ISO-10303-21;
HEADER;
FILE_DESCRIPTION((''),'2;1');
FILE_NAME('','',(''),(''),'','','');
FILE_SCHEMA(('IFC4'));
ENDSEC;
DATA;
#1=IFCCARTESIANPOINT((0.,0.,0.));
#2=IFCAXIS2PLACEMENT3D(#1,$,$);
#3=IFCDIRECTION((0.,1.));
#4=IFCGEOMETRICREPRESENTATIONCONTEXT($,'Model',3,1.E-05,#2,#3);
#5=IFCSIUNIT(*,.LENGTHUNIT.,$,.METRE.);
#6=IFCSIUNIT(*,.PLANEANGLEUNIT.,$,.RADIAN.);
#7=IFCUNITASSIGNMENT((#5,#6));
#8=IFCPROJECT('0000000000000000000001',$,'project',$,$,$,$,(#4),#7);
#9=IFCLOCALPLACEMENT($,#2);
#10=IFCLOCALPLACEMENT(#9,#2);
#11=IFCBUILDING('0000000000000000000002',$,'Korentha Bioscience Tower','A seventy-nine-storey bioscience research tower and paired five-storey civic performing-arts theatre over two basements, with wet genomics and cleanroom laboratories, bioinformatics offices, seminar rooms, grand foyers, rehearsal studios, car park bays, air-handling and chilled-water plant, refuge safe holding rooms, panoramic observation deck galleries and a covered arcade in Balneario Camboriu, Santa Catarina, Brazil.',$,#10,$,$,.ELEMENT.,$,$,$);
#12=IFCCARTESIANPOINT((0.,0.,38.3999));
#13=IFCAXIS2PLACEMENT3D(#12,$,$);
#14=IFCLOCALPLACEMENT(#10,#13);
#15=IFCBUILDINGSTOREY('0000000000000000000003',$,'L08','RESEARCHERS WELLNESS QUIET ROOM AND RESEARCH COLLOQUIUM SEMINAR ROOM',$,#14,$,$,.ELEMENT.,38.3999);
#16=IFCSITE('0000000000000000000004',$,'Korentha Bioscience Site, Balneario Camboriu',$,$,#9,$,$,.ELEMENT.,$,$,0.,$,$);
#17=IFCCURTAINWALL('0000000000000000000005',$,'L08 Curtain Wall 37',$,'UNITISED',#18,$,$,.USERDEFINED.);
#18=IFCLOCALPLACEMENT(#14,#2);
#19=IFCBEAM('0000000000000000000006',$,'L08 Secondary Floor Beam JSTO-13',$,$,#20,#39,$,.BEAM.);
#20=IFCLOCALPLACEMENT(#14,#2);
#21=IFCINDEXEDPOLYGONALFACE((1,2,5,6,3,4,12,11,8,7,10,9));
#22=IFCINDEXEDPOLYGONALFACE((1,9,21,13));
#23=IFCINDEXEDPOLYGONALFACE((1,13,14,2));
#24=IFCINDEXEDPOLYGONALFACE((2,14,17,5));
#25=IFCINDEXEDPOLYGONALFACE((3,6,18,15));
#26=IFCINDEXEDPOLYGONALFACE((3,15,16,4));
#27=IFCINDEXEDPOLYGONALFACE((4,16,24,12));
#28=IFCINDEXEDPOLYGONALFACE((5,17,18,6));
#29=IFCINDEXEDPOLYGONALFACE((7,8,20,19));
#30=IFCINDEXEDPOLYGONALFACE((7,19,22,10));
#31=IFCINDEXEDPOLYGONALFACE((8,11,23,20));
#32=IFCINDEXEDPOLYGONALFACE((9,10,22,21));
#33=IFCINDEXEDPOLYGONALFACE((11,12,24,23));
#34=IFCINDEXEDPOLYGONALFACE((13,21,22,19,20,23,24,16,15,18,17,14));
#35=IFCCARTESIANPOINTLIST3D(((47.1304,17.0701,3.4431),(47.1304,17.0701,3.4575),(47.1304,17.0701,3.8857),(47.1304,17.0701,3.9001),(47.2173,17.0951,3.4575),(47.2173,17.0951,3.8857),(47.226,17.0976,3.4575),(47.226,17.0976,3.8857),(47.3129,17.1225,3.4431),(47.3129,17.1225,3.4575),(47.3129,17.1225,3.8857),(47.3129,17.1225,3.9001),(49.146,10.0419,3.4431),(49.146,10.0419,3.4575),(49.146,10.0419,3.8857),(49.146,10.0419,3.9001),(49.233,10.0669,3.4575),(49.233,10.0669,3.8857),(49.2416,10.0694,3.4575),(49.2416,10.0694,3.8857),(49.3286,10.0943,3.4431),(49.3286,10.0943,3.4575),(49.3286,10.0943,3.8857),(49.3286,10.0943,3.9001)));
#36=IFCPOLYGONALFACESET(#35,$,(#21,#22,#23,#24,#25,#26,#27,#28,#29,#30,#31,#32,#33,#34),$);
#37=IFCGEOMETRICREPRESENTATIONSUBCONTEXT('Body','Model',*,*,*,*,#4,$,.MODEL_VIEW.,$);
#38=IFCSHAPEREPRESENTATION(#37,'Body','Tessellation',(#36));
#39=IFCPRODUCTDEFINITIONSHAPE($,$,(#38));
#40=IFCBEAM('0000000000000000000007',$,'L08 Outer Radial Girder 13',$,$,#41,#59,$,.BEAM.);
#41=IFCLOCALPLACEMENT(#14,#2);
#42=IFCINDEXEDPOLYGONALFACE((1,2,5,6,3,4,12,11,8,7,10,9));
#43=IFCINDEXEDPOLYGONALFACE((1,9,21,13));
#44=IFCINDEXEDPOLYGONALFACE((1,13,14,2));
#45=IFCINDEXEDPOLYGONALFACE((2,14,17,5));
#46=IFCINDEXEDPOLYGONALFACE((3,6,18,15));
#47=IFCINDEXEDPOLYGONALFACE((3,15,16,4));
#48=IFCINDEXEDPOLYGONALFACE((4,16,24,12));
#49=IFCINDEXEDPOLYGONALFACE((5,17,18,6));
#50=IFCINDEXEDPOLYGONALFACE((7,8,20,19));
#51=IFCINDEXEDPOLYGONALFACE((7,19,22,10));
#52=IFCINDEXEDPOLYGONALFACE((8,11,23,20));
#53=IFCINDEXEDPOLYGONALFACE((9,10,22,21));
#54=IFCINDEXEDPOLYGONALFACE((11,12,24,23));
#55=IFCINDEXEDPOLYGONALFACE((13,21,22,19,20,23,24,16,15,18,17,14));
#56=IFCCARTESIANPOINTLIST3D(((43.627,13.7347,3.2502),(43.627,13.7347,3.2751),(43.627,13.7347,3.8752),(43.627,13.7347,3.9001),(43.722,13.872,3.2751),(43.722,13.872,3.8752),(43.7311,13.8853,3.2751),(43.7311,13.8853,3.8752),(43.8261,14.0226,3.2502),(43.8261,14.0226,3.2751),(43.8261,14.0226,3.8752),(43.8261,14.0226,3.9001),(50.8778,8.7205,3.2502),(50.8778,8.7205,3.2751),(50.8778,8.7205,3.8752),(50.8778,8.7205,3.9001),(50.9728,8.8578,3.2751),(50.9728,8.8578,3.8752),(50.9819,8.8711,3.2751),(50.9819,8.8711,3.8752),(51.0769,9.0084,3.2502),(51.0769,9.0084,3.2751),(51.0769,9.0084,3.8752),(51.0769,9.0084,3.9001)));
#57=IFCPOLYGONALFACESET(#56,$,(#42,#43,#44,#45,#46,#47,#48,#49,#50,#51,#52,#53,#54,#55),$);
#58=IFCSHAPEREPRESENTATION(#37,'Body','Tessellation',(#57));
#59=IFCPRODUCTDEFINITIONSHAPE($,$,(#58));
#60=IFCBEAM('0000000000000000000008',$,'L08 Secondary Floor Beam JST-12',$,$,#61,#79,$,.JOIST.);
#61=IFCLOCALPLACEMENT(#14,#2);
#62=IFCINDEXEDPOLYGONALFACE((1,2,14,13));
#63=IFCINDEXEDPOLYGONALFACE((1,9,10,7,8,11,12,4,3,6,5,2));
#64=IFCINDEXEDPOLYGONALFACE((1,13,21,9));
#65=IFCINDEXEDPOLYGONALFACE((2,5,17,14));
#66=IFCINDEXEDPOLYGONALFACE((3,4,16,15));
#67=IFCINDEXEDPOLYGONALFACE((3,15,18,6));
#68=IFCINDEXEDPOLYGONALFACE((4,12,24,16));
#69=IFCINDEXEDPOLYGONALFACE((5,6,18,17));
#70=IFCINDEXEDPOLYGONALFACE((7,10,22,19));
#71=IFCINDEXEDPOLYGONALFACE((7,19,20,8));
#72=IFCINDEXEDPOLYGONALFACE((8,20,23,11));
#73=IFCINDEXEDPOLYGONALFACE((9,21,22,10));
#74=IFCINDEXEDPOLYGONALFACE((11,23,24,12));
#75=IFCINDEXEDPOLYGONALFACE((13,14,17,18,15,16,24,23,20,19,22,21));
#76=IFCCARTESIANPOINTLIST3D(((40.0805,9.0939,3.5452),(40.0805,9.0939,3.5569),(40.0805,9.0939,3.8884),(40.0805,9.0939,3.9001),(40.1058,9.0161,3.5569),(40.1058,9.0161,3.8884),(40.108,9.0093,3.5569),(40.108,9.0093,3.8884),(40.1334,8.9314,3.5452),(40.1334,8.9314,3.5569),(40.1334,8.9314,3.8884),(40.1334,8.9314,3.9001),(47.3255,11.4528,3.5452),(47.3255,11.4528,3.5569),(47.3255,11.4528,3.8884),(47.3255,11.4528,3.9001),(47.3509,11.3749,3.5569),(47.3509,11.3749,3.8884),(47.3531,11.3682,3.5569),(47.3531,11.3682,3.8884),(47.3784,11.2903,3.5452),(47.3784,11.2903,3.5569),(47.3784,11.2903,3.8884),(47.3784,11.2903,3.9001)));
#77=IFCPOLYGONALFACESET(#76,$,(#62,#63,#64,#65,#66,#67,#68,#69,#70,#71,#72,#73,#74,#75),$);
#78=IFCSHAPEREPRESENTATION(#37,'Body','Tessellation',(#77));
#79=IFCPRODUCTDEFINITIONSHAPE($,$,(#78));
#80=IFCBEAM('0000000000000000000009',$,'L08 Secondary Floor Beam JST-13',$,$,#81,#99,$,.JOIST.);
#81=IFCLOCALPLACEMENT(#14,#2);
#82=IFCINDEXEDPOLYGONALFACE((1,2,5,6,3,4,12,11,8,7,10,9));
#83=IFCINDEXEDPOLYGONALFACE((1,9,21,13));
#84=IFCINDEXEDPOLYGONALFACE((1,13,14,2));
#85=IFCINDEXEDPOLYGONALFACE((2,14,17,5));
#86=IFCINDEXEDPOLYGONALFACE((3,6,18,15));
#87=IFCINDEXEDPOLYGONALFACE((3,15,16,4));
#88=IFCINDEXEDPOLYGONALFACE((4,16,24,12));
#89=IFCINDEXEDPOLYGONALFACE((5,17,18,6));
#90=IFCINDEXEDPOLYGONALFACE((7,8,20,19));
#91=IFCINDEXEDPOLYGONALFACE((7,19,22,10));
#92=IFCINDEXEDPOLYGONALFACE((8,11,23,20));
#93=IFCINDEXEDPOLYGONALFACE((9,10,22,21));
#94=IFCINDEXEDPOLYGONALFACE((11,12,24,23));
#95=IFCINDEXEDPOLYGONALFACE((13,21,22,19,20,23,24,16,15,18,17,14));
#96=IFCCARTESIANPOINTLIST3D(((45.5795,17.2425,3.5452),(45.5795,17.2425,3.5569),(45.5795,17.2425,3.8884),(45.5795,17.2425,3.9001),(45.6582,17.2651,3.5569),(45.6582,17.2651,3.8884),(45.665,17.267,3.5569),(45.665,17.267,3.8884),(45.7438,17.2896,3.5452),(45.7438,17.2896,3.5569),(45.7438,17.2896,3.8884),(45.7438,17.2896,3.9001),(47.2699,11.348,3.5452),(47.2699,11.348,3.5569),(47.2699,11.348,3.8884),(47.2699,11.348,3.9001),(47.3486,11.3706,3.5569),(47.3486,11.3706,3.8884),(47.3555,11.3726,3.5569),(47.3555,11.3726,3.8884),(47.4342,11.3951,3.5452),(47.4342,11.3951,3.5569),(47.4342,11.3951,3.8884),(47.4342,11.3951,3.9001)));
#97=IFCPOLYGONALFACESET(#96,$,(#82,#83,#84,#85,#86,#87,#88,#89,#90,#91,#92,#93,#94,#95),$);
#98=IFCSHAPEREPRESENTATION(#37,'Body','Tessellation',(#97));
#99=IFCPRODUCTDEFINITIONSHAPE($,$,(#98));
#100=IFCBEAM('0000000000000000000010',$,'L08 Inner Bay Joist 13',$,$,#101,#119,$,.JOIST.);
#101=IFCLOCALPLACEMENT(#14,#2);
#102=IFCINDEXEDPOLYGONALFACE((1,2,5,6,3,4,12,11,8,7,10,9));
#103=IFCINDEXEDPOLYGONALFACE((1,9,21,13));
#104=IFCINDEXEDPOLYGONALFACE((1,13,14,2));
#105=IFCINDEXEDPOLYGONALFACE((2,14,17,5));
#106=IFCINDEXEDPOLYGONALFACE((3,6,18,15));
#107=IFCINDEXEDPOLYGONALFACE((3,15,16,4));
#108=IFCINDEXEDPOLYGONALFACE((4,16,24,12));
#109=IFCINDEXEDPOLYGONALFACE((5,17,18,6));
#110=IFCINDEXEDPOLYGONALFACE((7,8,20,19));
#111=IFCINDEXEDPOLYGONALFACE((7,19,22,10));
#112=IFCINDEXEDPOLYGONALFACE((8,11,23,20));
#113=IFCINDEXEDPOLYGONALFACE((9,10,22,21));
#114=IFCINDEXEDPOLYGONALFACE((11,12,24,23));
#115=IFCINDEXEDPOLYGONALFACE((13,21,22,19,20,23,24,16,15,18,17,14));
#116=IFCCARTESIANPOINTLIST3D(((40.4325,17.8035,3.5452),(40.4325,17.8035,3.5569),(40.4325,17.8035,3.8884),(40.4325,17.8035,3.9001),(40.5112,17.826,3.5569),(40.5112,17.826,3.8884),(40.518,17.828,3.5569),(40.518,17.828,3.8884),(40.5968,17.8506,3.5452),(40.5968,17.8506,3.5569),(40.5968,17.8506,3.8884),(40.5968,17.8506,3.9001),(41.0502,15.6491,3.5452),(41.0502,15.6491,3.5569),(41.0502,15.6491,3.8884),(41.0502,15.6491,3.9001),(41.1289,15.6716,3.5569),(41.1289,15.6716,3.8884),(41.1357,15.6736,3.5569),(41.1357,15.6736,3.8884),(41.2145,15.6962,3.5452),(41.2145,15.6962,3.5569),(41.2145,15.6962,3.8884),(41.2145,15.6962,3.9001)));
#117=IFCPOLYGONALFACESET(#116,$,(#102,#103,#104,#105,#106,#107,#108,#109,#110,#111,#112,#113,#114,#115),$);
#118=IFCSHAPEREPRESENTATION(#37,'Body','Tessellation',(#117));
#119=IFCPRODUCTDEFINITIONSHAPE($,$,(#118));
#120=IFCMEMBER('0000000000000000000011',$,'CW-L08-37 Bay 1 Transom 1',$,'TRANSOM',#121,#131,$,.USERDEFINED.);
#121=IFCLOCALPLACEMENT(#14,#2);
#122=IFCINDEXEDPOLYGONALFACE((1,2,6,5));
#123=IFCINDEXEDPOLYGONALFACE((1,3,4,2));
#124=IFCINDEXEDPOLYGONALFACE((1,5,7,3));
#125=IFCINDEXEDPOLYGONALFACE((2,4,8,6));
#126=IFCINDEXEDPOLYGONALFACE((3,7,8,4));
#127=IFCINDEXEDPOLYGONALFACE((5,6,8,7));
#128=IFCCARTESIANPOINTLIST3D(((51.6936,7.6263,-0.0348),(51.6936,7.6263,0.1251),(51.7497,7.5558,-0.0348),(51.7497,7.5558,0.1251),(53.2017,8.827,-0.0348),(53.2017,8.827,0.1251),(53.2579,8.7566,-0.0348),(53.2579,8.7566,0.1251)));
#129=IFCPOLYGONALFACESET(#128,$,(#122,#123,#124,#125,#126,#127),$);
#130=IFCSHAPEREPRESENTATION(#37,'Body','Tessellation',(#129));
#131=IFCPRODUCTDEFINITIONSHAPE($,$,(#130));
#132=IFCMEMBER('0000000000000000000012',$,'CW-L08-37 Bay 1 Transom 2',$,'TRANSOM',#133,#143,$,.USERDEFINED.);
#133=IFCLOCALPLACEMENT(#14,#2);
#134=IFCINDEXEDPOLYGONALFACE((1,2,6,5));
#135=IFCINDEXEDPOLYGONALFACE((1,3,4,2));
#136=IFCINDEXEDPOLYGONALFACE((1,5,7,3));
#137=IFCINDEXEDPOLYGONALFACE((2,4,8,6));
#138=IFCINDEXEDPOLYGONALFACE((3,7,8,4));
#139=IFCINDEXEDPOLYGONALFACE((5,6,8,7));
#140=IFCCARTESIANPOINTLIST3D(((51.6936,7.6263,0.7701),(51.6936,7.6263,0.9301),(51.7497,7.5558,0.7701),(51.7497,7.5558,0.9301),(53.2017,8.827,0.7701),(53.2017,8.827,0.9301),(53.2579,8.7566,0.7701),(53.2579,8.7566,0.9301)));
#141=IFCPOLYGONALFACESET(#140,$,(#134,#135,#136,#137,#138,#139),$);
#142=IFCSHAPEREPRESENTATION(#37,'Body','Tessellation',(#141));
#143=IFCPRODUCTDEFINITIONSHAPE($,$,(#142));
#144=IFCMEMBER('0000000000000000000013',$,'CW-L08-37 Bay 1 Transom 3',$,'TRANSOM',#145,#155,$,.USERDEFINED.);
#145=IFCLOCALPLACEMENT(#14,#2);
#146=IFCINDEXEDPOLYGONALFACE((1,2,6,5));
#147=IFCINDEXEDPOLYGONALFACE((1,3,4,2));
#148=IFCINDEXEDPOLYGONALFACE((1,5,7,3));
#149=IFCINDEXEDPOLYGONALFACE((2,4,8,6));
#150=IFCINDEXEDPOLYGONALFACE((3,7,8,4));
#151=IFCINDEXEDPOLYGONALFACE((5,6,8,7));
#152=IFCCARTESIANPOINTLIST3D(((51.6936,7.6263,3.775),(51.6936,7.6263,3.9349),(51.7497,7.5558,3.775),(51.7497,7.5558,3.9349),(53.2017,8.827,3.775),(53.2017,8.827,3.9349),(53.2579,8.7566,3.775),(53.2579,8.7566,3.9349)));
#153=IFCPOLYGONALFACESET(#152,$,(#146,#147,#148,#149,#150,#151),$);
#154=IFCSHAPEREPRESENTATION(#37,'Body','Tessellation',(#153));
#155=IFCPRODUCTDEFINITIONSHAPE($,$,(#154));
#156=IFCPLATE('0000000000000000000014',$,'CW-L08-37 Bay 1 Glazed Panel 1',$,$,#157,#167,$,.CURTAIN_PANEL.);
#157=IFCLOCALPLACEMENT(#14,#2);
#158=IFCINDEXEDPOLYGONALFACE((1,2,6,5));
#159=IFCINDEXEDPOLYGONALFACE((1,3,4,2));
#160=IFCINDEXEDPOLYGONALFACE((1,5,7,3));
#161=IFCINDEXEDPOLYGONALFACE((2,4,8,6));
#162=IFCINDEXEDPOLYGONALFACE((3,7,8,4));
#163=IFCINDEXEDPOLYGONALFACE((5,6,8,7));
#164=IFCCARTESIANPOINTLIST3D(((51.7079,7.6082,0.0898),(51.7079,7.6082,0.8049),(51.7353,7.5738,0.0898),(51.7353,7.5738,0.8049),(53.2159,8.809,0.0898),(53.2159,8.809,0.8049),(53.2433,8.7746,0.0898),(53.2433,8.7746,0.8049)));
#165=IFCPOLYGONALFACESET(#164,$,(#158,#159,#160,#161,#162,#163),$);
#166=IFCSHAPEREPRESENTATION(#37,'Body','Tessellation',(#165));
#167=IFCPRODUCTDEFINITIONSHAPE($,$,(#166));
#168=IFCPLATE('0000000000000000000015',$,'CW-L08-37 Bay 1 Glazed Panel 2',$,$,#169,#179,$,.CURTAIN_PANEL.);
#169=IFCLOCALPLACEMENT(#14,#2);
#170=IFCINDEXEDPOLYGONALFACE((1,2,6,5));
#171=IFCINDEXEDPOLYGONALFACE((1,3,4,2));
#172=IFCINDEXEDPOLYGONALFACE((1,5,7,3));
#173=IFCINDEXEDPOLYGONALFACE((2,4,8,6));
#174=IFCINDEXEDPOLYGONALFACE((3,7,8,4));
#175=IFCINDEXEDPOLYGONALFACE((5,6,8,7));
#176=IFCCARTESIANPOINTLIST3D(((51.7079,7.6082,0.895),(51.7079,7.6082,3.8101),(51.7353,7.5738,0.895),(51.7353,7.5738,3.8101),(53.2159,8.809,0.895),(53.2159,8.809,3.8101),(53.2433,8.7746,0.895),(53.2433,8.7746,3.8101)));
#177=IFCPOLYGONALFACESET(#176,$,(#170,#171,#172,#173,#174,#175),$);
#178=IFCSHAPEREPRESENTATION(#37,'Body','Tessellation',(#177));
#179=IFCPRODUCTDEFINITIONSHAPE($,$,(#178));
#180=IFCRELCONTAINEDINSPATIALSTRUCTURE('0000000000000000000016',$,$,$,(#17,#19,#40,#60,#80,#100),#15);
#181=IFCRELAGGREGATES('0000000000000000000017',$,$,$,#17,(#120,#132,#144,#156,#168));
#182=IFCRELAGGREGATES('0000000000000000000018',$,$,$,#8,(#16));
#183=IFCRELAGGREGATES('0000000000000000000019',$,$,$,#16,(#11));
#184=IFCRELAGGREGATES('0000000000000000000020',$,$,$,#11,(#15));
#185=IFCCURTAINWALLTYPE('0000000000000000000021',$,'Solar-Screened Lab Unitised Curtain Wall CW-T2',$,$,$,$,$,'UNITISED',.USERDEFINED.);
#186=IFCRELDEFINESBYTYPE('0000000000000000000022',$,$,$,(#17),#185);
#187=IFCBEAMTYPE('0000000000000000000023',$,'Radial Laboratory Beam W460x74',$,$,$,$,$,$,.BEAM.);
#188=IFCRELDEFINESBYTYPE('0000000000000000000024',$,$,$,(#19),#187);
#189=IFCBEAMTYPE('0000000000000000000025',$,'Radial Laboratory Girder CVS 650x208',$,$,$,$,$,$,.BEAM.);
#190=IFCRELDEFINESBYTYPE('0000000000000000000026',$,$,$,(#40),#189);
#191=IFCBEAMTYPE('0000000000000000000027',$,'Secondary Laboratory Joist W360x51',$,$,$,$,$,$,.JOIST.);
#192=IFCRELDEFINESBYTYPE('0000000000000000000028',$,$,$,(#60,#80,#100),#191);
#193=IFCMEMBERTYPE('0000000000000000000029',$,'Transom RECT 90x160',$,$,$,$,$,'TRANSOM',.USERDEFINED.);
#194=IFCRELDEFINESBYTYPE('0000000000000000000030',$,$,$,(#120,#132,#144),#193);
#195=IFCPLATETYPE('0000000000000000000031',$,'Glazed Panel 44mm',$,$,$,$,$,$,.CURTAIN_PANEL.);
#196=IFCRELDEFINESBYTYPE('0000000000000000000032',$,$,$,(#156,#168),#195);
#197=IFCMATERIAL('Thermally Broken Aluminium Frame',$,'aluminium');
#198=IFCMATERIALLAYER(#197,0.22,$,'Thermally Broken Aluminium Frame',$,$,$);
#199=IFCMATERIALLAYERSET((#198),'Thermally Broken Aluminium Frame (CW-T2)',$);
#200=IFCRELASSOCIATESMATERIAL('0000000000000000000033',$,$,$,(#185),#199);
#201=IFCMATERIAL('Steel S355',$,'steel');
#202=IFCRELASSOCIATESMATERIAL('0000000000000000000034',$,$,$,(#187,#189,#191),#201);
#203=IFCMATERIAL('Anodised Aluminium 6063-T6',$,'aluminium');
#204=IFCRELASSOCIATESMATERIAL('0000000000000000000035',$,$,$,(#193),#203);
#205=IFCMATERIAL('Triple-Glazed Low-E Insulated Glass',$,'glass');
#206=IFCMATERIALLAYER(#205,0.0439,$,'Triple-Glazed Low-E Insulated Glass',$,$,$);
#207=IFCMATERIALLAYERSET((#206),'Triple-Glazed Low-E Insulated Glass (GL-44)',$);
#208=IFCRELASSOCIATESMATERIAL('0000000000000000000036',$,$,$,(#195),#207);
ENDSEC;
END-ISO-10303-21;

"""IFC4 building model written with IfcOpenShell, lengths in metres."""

from ifc_helpers import new_model, si_unit, direction, frame, origin, origin_2d, place, context, subcontext, project, spatial, rectangle, i_section, extrude, material, layer, layer_set, material_profile, profile_set, type_object, element, aggregate, save


model = new_model("IFC4")

# Units and contexts
model_context = context("Model", 3, precision=1e-05, world=origin(), true_north=direction((0.0, 1.0)))
body_context = subcontext(model_context, "Body", "Model", "MODEL_VIEW")
ifc_project = project(units=[si_unit("LENGTHUNIT", "METRE"), si_unit("PLANEANGLEUNIT", "RADIAN")], contexts=[model_context])

# Site, building, storey
site_placement = place(None, origin())
site = spatial("IfcSite", under=ifc_project, at=site_placement, Name="Korentha Bioscience Site, Balneario Camboriu", CompositionType="ELEMENT", RefElevation=0.0)
building_placement = place(site_placement, origin())
building = spatial("IfcBuilding", under=site, at=building_placement, Name="Korentha Bioscience Tower", Description="A seventy-nine-storey bioscience research tower and paired five-storey civic performing-arts theatre over two basements, with wet genomics and cleanroom laboratories, bioinformatics offices, seminar rooms, grand foyers, rehearsal studios, car park bays, air-handling and chilled-water plant, refuge safe holding rooms, panoramic observation deck galleries and a covered arcade in Balneario Camboriu, Santa Catarina, Brazil.", CompositionType="ELEMENT")
storey_placement = place(building_placement, frame((0.0, 0.0, 38.3999)))
storey = spatial("IfcBuildingStorey", under=building, at=storey_placement, Name="L08", Description="RESEARCHERS WELLNESS QUIET ROOM AND RESEARCH COLLOQUIUM SEMINAR ROOM", CompositionType="ELEMENT", Elevation=38.3999)

# Shared definitions
ifc_material_1 = material(Name="Steel S355", Category="steel")

# Curtain wall
ifc_material_2 = material(Name="Thermally Broken Aluminium Frame", Category="aluminium")
ifc_layer_1 = layer(ifc_material_2, 0.22, Name="Thermally Broken Aluminium Frame")
ifc_layer_set_1 = layer_set([ifc_layer_1], Name="Thermally Broken Aluminium Frame (CW-T2)")
curtain_wall_type = type_object("IfcCurtainWallType", Name="Solar-Screened Lab Unitised Curtain Wall CW-T2", ElementType="UNITISED", PredefinedType="USERDEFINED", material=ifc_layer_set_1)
curtain_wall_placement = place(storey_placement, origin())
curtain_wall = element("IfcCurtainWall", 1, at=curtain_wall_placement, inside=storey, type_object=curtain_wall_type, Name="L08 Curtain Wall 37", ObjectType="UNITISED", PredefinedType="USERDEFINED")
ifc_material_3 = material(Name="Anodised Aluminium 6063-T6", Category="aluminium")

# Beams
ifc_material_profile_1 = material_profile(ifc_material_1, i_section(OverallWidth=0.1899, OverallDepth=0.457, WebThickness=0.009, FlangeThickness=0.0144, at=origin_2d()), Name="Steel S355")
ifc_profile_set_1 = profile_set([ifc_material_profile_1], Name="Steel S355 (RB-460)")
beam_type_1 = type_object("IfcBeamType", Name="Radial Laboratory Beam W460x74", PredefinedType="BEAM", material=ifc_profile_set_1)
beam_1_placement = place(storey_placement, frame((49.2373, 10.0681, 3.6716), z_axis=(-0.275682, 0.961249, 0.0), x_axis=(-0.961249, -0.275682, 0.0)))
element("IfcBeam", 2, at=beam_1_placement, inside=storey, type_object=beam_type_1, Name="L08 Secondary Floor Beam JSTO-13", PredefinedType="BEAM", context=body_context, shape_type="SweptSolid", body=[
    extrude(i_section(OverallWidth=0.1899, OverallDepth=0.457, WebThickness=0.009, FlangeThickness=0.0144, at=origin_2d()), origin(), (0.0, 0.0, 1.0), 7.3115),
])
ifc_material_profile_2 = material_profile(ifc_material_1, i_section(OverallWidth=0.3501, OverallDepth=0.6499, WebThickness=0.0161, FlangeThickness=0.0249, at=origin_2d()), Name="Steel S355")
ifc_profile_set_2 = profile_set([ifc_material_profile_2], Name="Steel S355 (RB-650)")
beam_type_2 = type_object("IfcBeamType", Name="Radial Laboratory Girder CVS 650x208", PredefinedType="BEAM", material=ifc_profile_set_2)
beam_2_placement = place(storey_placement, frame((43.7266, 13.8787, 3.5752), z_axis=(0.822488, -0.568782, 0.0), x_axis=(0.568782, 0.822488, 0.0)))
element("IfcBeam", 3, at=beam_2_placement, inside=storey, type_object=beam_type_2, Name="L08 Outer Radial Girder 13", PredefinedType="BEAM", context=body_context, shape_type="SweptSolid", body=[
    extrude(i_section(OverallWidth=0.3501, OverallDepth=0.6499, WebThickness=0.0161, FlangeThickness=0.0249, at=origin_2d()), origin(), (0.0, 0.0, 1.0), 8.8157),
])
ifc_material_profile_3 = material_profile(ifc_material_1, i_section(OverallWidth=0.1709, OverallDepth=0.355, WebThickness=0.0071, FlangeThickness=0.0117, at=origin_2d()), Name="Steel S355")
ifc_profile_set_3 = profile_set([ifc_material_profile_3], Name="Steel S355 (JB-360)")
beam_type_3 = type_object("IfcBeamType", Name="Secondary Laboratory Joist W360x51", PredefinedType="JOIST", material=ifc_profile_set_3)
beam_3_placement = place(storey_placement, frame((40.1069, 9.0127, 3.7227), z_axis=(0.950871, 0.309587, 0.0), x_axis=(-0.309587, 0.950871, 0.0)))
element("IfcBeam", 4, at=beam_3_placement, inside=storey, type_object=beam_type_3, Name="L08 Secondary Floor Beam JST-12", PredefinedType="JOIST", context=body_context, shape_type="SweptSolid", body=[
    extrude(i_section(OverallWidth=0.1709, OverallDepth=0.355, WebThickness=0.0071, FlangeThickness=0.0117, at=origin_2d()), origin(), (0.0, 0.0, 1.0), 7.6194),
])
beam_4_placement = place(storey_placement, frame((47.3521, 11.3716, 3.7227), z_axis=(-0.275668, 0.961253, 0.0), x_axis=(-0.961253, -0.275668, 0.0)))
element("IfcBeam", 5, at=beam_4_placement, inside=storey, type_object=beam_type_3, Name="L08 Secondary Floor Beam JST-13", PredefinedType="JOIST", context=body_context, shape_type="SweptSolid", body=[
    extrude(i_section(OverallWidth=0.1709, OverallDepth=0.355, WebThickness=0.0071, FlangeThickness=0.0117, at=origin_2d()), origin(), (0.0, 0.0, 1.0), 6.1321),
])
beam_5_placement = place(storey_placement, frame((41.1323, 15.6726, 3.7227), z_axis=(-0.275613, 0.961269, 0.0), x_axis=(-0.961269, -0.275613, 0.0)))
element("IfcBeam", 6, at=beam_5_placement, inside=storey, type_object=beam_type_3, Name="L08 Inner Bay Joist 13", PredefinedType="JOIST", context=body_context, shape_type="SweptSolid", body=[
    extrude(i_section(OverallWidth=0.1709, OverallDepth=0.355, WebThickness=0.0071, FlangeThickness=0.0117, at=origin_2d()), origin(), (0.0, 0.0, 1.0), 2.2412),
])

# Members
ifc_material_profile_4 = material_profile(ifc_material_3, rectangle(XDim=0.0901, YDim=0.1599, at=origin_2d()), Name="Anodised Aluminium 6063-T6")
ifc_profile_set_4 = profile_set([ifc_material_profile_4], Name="Anodised Aluminium 6063-T6 (CW-TRN)")
member_type_1 = type_object("IfcMemberType", Name="Transom RECT 90x160", ElementType="TRANSOM", PredefinedType="USERDEFINED", material=ifc_profile_set_4)
member_1_placement = place(storey_placement, frame((51.7217, 7.5911, 0.0452), z_axis=(0.782325, 0.622871, 0.0), x_axis=(-0.622871, 0.782325, 0.0)))
member_1 = element("IfcMember", 7, at=member_1_placement, type_object=member_type_1, Name="CW-L08-37 Bay 1 Transom 1", ObjectType="TRANSOM", PredefinedType="USERDEFINED", context=body_context, shape_type="SweptSolid", body=[
    extrude(rectangle(XDim=0.0901, YDim=0.1599, at=origin_2d()), origin(), (0.0, 0.0, 1.0), 1.9277),
])
member_2_placement = place(storey_placement, frame((51.7217, 7.5911, 0.8501), z_axis=(0.782325, 0.622871, 0.0), x_axis=(-0.622871, 0.782325, 0.0)))
member_2 = element("IfcMember", 8, at=member_2_placement, type_object=member_type_1, Name="CW-L08-37 Bay 1 Transom 2", ObjectType="TRANSOM", PredefinedType="USERDEFINED", context=body_context, shape_type="SweptSolid", body=[
    extrude(rectangle(XDim=0.0901, YDim=0.1599, at=origin_2d()), origin(), (0.0, 0.0, 1.0), 1.9277),
])
member_3_placement = place(storey_placement, frame((51.7217, 7.5911, 3.855), z_axis=(0.782325, 0.622871, 0.0), x_axis=(-0.622871, 0.782325, 0.0)))
member_3 = element("IfcMember", 9, at=member_3_placement, type_object=member_type_1, Name="CW-L08-37 Bay 1 Transom 3", ObjectType="TRANSOM", PredefinedType="USERDEFINED", context=body_context, shape_type="SweptSolid", body=[
    extrude(rectangle(XDim=0.0901, YDim=0.1599, at=origin_2d()), origin(), (0.0, 0.0, 1.0), 1.9277),
])

# Plates
ifc_material_4 = material(Name="Triple-Glazed Low-E Insulated Glass", Category="glass")
ifc_layer_2 = layer(ifc_material_4, 0.0439, Name="Triple-Glazed Low-E Insulated Glass")
ifc_layer_set_2 = layer_set([ifc_layer_2], Name="Triple-Glazed Low-E Insulated Glass (GL-44)")
plate_type = type_object("IfcPlateType", Name="Glazed Panel 44mm", PredefinedType="CURTAIN_PANEL", material=ifc_layer_set_2)
plate_1_placement = place(storey_placement, frame((52.4756, 8.1914, 0.0898), z_axis=(0.0, 0.0, 1.0), x_axis=(0.782288, 0.622917, 0.0)))
plate_1 = element("IfcPlate", 10, at=plate_1_placement, type_object=plate_type, Name="CW-L08-37 Bay 1 Glazed Panel 1", PredefinedType="CURTAIN_PANEL", context=body_context, shape_type="SweptSolid", body=[
    extrude(rectangle(XDim=1.9277, YDim=0.0439, at=origin_2d()), origin(), (0.0, 0.0, 1.0), 0.7151),
])
plate_2_placement = place(storey_placement, frame((52.4756, 8.1914, 0.895), z_axis=(0.0, 0.0, 1.0), x_axis=(0.782288, 0.622917, 0.0)))
plate_2 = element("IfcPlate", 11, at=plate_2_placement, type_object=plate_type, Name="CW-L08-37 Bay 1 Glazed Panel 2", PredefinedType="CURTAIN_PANEL", context=body_context, shape_type="SweptSolid", body=[
    extrude(rectangle(XDim=1.9277, YDim=0.0439, at=origin_2d()), origin(), (0.0, 0.0, 1.0), 2.915),
])
aggregate(curtain_wall, [member_1, member_2, member_3, plate_1, plate_2])

save(model, "model.ifc")
